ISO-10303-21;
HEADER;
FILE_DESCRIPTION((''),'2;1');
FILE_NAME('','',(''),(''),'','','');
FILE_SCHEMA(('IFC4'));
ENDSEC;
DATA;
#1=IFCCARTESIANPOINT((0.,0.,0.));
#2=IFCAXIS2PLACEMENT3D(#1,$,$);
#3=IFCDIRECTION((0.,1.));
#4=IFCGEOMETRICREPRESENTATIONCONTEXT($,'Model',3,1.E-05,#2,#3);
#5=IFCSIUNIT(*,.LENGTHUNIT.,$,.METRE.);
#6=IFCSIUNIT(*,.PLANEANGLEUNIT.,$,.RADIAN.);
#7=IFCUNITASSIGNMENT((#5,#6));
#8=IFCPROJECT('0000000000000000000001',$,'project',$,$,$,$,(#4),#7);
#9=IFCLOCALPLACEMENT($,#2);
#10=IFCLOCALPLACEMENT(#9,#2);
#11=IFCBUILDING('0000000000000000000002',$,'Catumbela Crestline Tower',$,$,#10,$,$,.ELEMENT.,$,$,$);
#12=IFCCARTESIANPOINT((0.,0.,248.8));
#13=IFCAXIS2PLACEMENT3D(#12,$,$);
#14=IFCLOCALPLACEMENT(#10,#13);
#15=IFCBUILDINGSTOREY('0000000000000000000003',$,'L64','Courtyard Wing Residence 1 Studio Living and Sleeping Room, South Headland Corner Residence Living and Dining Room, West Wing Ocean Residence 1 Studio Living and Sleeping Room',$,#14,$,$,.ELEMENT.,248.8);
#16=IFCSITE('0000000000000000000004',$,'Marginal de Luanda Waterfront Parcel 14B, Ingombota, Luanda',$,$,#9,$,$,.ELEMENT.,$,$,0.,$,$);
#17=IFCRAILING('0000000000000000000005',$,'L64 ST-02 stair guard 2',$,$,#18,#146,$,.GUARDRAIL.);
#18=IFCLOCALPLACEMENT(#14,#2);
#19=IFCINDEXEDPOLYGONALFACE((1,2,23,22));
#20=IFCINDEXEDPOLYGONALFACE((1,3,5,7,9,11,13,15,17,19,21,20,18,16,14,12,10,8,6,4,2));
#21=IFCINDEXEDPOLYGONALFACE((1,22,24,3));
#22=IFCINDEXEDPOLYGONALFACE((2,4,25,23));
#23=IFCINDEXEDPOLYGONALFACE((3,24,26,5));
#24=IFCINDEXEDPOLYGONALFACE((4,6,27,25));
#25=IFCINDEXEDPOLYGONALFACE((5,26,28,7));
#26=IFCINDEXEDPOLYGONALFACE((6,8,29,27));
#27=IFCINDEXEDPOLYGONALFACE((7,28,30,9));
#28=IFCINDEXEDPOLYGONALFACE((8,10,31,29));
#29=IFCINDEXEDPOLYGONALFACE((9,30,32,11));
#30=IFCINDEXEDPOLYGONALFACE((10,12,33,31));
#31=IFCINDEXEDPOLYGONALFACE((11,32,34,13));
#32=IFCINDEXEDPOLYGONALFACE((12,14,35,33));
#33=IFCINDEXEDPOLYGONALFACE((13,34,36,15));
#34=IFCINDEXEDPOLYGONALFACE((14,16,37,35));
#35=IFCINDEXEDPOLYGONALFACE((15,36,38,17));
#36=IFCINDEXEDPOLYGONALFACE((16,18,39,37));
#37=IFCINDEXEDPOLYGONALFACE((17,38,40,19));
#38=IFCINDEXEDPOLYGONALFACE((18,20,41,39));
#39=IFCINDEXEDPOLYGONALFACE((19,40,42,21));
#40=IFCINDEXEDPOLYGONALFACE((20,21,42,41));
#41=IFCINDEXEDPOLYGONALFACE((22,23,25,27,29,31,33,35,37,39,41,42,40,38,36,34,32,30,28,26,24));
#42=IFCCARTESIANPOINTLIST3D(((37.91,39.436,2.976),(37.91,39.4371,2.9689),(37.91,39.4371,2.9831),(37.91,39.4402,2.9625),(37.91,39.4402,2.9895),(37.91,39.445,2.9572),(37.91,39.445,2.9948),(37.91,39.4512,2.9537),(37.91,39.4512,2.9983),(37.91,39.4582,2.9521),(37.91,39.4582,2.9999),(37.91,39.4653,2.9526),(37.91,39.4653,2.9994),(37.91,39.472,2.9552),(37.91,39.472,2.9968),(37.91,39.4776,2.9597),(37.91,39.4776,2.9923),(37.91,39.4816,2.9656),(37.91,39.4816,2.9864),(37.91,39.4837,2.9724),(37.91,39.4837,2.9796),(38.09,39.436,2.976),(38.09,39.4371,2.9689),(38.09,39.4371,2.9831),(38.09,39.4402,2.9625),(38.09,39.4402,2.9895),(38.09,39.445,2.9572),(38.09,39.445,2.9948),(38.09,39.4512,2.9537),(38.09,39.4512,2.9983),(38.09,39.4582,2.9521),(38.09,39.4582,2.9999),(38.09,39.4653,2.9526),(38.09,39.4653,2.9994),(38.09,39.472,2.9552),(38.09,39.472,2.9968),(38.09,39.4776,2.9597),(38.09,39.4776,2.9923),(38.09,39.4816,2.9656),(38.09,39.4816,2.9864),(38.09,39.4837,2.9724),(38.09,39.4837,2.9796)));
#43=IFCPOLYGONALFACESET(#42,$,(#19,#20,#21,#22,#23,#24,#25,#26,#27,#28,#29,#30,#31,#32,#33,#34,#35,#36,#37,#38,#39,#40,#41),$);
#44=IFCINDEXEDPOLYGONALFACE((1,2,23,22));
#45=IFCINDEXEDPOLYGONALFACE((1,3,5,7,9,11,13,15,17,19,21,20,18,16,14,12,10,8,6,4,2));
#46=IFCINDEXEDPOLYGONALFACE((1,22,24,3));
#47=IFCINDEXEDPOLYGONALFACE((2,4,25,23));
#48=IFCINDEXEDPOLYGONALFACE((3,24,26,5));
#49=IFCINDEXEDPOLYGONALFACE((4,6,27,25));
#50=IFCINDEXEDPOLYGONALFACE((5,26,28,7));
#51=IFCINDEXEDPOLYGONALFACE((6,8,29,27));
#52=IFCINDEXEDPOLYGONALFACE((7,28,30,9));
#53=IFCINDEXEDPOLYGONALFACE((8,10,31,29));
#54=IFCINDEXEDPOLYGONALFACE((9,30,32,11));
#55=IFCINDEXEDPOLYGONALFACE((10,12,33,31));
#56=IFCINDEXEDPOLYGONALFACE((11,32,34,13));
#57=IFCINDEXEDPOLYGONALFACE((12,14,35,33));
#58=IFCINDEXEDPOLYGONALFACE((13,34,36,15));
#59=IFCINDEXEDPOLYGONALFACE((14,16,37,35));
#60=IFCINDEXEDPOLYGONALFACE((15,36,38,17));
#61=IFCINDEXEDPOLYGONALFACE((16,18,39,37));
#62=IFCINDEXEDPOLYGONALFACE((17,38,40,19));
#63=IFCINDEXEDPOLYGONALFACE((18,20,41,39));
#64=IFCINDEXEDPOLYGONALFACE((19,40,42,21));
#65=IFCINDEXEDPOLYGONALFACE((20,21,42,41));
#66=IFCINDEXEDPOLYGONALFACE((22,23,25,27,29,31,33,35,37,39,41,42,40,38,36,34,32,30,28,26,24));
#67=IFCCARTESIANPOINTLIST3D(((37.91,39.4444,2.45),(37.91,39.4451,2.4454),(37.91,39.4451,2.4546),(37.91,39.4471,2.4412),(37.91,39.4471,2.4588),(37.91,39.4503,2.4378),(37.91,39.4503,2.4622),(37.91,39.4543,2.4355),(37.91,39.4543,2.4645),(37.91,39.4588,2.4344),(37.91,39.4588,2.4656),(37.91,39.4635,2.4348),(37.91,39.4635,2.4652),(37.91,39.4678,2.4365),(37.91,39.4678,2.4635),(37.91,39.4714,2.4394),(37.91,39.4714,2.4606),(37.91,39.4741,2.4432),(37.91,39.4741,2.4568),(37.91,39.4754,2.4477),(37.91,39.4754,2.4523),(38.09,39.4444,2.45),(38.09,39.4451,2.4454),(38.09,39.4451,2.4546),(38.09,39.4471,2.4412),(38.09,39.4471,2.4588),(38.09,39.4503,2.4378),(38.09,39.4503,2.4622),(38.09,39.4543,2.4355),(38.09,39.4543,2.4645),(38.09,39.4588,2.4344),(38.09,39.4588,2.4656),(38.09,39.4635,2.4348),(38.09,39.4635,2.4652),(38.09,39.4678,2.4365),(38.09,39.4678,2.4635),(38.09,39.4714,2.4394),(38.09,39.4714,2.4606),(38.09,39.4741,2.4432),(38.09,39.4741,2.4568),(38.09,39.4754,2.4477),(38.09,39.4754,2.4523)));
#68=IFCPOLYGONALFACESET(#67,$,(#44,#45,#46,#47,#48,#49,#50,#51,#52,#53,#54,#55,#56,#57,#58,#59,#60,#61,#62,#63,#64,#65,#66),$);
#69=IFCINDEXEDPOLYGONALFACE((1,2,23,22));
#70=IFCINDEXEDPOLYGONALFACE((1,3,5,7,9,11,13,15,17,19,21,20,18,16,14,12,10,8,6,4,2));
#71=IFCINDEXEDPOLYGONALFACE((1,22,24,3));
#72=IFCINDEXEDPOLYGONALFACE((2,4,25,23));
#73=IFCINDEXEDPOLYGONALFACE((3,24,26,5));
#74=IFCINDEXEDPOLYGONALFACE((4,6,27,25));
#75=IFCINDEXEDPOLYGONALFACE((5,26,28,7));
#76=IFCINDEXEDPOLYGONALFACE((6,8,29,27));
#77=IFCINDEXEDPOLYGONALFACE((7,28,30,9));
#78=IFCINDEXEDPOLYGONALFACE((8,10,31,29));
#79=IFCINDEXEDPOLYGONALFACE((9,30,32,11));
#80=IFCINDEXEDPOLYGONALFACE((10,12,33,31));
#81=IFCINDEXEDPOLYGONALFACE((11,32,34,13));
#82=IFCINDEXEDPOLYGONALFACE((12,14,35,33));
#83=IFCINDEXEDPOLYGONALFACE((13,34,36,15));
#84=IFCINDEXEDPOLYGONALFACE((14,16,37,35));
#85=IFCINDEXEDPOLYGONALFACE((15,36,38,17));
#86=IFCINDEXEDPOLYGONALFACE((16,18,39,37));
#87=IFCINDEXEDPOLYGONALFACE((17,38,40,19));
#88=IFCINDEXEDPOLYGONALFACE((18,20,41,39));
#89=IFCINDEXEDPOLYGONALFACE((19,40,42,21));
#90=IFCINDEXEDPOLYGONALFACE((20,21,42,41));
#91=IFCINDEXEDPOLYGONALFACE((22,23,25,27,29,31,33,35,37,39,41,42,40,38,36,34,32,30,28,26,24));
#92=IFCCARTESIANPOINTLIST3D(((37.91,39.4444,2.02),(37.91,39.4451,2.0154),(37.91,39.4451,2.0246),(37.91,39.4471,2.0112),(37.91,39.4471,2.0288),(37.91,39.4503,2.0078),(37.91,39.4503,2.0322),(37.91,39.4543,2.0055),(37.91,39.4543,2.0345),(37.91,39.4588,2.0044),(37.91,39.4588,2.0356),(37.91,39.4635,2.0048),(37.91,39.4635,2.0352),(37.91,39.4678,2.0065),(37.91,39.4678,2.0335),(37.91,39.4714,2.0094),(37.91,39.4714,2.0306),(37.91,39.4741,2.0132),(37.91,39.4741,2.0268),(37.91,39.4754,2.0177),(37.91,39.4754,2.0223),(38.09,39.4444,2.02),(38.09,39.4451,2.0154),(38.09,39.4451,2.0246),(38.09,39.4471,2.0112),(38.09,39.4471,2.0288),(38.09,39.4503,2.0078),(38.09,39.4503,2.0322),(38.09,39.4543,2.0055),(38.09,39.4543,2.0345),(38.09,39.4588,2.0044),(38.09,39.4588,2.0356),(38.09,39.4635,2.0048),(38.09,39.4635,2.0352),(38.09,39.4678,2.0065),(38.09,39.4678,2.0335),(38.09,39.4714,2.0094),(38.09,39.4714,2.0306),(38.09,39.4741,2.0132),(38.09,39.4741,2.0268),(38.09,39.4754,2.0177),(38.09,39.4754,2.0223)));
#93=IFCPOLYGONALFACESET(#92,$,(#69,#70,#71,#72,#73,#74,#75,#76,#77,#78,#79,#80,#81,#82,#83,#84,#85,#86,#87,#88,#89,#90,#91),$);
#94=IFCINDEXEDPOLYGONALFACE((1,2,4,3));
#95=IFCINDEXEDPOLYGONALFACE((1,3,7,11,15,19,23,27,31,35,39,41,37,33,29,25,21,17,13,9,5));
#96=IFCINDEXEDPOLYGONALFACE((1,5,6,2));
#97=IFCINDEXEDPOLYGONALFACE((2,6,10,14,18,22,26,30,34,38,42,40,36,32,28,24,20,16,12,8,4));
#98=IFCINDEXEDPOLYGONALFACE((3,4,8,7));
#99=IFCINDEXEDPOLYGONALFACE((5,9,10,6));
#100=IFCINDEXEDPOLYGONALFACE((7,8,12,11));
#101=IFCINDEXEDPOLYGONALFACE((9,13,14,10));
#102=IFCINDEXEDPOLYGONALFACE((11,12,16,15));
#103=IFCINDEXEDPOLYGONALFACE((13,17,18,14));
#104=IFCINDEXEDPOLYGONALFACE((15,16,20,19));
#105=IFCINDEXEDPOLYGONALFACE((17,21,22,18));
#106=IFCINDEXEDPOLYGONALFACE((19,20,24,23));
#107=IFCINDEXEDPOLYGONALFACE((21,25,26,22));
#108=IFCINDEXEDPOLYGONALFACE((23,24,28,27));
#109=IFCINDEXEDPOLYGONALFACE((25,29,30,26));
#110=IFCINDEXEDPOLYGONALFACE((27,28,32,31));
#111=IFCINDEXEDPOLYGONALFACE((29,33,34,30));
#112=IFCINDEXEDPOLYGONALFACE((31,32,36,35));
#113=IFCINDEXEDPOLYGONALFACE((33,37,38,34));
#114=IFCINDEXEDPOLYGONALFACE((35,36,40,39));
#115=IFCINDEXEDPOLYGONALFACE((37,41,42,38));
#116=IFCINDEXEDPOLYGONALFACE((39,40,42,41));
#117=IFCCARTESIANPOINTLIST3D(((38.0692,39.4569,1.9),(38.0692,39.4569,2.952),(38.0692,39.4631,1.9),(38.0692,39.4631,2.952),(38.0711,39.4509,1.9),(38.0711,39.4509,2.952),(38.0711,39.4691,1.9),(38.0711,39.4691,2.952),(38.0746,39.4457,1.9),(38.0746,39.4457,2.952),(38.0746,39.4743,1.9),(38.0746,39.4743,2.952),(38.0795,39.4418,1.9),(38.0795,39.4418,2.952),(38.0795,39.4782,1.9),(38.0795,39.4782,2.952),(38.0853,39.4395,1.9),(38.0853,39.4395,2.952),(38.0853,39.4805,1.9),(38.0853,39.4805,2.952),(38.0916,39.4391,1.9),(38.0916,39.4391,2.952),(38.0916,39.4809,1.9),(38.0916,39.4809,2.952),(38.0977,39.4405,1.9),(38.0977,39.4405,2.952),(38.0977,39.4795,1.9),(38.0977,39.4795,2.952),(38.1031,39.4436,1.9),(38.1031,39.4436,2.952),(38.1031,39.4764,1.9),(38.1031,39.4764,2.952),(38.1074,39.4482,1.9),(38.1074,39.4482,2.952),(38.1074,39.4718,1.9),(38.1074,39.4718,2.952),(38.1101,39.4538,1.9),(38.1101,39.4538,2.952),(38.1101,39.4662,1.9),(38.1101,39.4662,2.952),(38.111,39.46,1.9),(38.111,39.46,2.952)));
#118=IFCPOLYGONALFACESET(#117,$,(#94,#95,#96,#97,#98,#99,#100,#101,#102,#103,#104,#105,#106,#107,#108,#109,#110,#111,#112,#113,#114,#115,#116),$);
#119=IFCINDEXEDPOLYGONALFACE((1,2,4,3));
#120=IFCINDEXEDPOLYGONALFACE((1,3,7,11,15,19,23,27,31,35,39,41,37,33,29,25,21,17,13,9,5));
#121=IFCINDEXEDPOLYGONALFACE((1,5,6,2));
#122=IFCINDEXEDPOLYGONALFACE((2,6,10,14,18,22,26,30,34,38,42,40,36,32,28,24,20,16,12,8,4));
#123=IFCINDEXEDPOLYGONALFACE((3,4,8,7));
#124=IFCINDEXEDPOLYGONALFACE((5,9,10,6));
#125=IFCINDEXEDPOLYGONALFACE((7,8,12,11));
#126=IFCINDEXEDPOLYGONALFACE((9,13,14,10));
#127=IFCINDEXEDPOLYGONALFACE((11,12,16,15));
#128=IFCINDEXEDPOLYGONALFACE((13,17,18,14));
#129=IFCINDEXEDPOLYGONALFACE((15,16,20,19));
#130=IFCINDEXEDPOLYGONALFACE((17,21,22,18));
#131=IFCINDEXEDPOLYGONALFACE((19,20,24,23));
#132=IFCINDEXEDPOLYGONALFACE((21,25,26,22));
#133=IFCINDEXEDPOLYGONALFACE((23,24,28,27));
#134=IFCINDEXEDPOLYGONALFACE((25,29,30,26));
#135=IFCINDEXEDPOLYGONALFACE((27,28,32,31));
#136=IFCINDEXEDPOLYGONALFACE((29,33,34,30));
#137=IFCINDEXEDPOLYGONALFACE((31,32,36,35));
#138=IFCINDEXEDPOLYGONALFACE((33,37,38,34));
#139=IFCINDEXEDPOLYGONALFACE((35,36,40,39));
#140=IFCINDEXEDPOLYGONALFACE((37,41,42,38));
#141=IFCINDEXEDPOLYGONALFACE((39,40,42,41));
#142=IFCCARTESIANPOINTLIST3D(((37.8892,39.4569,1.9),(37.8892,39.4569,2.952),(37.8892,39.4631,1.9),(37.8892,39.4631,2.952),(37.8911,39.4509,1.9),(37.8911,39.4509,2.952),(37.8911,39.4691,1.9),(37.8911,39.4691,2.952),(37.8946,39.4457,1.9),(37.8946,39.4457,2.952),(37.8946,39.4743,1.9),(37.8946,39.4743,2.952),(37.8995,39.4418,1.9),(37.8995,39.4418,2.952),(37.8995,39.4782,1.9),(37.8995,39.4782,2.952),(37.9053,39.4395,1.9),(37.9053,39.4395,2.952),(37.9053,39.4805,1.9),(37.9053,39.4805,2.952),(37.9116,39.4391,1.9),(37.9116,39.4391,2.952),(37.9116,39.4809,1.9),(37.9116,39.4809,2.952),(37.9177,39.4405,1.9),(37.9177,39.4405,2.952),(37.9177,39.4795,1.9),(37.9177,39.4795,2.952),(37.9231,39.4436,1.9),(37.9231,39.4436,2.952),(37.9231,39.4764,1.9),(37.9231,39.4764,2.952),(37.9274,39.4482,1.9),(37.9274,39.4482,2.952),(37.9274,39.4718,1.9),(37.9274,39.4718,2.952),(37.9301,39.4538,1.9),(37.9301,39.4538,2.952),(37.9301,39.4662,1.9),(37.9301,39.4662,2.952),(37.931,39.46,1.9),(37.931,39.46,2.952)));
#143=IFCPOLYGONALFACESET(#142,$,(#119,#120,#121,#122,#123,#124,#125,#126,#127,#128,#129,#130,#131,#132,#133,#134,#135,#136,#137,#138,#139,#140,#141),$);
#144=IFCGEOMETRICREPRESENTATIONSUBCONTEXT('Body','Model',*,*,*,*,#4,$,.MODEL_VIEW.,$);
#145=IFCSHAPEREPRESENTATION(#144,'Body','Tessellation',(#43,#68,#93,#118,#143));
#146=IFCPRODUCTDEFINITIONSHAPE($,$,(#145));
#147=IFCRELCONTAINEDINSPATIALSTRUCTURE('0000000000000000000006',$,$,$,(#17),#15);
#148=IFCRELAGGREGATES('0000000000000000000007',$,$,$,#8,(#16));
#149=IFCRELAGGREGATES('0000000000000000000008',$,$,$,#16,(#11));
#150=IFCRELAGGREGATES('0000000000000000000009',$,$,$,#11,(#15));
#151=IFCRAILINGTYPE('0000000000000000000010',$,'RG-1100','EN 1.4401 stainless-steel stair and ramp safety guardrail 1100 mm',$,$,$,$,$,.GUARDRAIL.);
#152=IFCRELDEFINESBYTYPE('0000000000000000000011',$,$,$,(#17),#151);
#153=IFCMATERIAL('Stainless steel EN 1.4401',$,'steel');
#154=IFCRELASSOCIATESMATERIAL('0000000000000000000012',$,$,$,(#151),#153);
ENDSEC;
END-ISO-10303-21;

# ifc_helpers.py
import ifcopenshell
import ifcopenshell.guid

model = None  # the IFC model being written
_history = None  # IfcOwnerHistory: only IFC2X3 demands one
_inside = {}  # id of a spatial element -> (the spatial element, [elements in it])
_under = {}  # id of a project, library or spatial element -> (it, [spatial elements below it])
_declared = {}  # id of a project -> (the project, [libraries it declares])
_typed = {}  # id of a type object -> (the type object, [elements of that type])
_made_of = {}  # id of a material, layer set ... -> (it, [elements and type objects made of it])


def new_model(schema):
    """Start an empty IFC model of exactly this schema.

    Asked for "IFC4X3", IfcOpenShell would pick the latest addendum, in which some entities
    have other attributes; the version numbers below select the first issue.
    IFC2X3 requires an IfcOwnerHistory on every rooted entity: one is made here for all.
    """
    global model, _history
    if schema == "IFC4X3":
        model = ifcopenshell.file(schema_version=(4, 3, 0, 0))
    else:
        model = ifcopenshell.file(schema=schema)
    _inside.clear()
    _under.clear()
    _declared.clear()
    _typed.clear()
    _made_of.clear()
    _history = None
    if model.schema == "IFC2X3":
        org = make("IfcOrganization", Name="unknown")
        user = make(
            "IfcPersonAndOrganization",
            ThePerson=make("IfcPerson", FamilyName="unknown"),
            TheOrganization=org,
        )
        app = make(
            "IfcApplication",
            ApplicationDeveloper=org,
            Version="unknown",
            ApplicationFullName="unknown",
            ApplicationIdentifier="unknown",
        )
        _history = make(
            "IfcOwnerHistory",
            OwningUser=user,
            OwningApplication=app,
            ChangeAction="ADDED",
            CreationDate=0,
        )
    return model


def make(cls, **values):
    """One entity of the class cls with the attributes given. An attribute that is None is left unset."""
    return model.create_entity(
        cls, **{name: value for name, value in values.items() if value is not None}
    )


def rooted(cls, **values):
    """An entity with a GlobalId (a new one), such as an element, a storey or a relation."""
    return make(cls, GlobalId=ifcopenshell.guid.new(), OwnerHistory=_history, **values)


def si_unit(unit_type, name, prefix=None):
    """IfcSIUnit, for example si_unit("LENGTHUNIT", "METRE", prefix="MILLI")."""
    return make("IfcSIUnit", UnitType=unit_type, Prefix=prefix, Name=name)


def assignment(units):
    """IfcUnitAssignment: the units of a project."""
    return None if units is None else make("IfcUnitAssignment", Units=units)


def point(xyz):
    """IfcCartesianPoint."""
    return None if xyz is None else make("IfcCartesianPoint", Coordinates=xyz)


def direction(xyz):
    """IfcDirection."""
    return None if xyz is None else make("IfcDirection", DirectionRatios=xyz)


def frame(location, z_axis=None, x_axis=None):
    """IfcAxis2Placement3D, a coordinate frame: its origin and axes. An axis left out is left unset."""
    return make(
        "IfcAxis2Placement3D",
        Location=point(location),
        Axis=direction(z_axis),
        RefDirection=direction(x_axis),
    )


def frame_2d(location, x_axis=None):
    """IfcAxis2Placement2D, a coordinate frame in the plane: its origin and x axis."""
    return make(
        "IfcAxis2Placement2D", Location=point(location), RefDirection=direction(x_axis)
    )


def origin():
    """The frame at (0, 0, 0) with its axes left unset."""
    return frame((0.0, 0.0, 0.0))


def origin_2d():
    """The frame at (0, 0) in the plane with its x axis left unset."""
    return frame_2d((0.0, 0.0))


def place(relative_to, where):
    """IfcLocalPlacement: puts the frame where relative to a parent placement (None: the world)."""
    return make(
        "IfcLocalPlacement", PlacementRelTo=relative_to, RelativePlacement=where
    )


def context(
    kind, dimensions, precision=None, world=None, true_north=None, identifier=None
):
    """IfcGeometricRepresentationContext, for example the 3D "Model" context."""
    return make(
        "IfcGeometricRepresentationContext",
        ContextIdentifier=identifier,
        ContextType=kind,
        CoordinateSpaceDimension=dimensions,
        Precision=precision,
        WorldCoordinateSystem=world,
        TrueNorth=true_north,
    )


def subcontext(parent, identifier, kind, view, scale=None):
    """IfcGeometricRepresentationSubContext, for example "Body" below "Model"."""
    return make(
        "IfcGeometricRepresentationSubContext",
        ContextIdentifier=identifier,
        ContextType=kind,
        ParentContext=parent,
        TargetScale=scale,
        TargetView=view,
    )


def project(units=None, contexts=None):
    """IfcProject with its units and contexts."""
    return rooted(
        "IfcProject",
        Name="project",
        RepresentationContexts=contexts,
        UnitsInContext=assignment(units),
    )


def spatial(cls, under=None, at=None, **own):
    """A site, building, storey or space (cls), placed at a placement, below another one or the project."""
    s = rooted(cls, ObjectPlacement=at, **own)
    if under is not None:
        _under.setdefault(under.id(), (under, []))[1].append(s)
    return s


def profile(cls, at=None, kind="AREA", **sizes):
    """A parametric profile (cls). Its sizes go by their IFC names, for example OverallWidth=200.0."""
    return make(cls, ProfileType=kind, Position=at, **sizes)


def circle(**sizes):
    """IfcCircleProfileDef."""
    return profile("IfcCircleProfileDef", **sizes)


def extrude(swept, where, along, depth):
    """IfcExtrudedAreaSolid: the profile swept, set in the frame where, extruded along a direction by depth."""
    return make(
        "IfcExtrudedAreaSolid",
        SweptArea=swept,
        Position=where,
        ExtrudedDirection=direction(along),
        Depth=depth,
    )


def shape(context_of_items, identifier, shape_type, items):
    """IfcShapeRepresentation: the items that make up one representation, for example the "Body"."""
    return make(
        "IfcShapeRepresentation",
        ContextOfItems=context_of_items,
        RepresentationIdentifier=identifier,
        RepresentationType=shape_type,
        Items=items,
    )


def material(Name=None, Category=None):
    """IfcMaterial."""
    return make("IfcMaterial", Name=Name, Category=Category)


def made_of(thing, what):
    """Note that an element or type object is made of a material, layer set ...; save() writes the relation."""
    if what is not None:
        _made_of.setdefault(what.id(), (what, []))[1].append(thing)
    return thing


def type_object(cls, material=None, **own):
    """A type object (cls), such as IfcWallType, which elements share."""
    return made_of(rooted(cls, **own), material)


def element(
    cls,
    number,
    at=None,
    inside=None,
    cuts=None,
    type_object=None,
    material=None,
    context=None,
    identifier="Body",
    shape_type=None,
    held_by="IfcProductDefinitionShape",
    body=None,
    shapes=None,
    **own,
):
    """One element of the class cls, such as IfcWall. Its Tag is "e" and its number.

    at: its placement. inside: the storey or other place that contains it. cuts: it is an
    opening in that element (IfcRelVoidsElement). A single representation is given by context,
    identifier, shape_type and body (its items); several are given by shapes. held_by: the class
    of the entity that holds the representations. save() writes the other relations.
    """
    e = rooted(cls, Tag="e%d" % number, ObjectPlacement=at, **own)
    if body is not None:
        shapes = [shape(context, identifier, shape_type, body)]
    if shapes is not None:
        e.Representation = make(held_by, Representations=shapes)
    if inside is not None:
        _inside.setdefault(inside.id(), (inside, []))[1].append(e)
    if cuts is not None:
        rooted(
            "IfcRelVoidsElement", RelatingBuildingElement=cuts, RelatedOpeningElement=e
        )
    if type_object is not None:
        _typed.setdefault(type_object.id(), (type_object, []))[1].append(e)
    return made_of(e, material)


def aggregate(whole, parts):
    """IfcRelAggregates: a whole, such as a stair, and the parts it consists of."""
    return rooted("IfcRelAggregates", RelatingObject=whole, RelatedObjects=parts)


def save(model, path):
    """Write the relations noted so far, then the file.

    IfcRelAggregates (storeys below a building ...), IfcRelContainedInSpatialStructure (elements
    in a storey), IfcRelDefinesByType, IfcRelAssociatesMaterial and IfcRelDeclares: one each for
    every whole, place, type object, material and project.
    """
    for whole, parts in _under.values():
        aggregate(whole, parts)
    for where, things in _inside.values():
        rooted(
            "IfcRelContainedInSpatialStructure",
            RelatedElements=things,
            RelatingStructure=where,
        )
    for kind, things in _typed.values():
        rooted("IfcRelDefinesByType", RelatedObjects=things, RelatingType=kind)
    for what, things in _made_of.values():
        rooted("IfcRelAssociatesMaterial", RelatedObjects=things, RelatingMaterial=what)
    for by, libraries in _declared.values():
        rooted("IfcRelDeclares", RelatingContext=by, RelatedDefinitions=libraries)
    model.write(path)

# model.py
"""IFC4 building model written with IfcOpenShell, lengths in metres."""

from ifc_helpers import new_model, si_unit, direction, frame, origin, origin_2d, place, context, subcontext, project, spatial, circle, extrude, material, type_object, element, save


model = new_model("IFC4")

# Units and contexts
model_context = context("Model", 3, precision=1e-05, world=origin(), true_north=direction((0.0, 1.0)))
body_context = subcontext(model_context, "Body", "Model", "MODEL_VIEW")
ifc_project = project(units=[si_unit("LENGTHUNIT", "METRE"), si_unit("PLANEANGLEUNIT", "RADIAN")], contexts=[model_context])

# Site, building, storey
site_placement = place(None, origin())
site = spatial("IfcSite", under=ifc_project, at=site_placement, Name="Marginal de Luanda Waterfront Parcel 14B, Ingombota, Luanda", CompositionType="ELEMENT", RefElevation=0.0)
building_placement = place(site_placement, origin())
building = spatial("IfcBuilding", under=site, at=building_placement, Name="Catumbela Crestline Tower", CompositionType="ELEMENT")
storey_placement = place(building_placement, frame((0.0, 0.0, 248.8)))
storey = spatial("IfcBuildingStorey", under=building, at=storey_placement, Name="L64", Description="Courtyard Wing Residence 1 Studio Living and Sleeping Room, South Headland Corner Residence Living and Dining Room, West Wing Ocean Residence 1 Studio Living and Sleeping Room", CompositionType="ELEMENT", Elevation=248.8)

# Railing
ifc_material_1 = material(Name="Stainless steel EN 1.4401", Category="steel")
railing_type_1 = type_object("IfcRailingType", Name="RG-1100", Description="EN 1.4401 stainless-steel stair and ramp safety guardrail 1100 mm", PredefinedType="GUARDRAIL", material=ifc_material_1)
railing_1_placement = place(storey_placement, frame((38.09, 39.46, 1.9)))
element("IfcRailing", 1, at=railing_1_placement, inside=storey, type_object=railing_type_1, Name="L64 ST-02 stair guard 2", PredefinedType="GUARDRAIL", context=body_context, shape_type="SweptSolid", body=[
    extrude(circle(Radius=0.024, at=origin_2d()), frame((0.0, 0.0, 1.076), z_axis=(-1.0, 0.0, 0.0), x_axis=(0.0, -1.0, 0.0)), (0.0, 0.0, 1.0), 0.18),
    extrude(circle(Radius=0.0156, at=origin_2d()), frame((0.0, 0.0, 0.55), z_axis=(-1.0, 0.0, 0.0), x_axis=(0.0, -1.0, 0.0)), (0.0, 0.0, 1.0), 0.18),
    extrude(circle(Radius=0.0156, at=origin_2d()), frame((0.0, 0.0, 0.12), z_axis=(-1.0, 0.0, 0.0), x_axis=(0.0, -1.0, 0.0)), (0.0, 0.0, 1.0), 0.18),
    extrude(circle(Radius=0.021, at=origin_2d()), origin(), (0.0, 0.0, 1.0), 1.052),
    extrude(circle(Radius=0.021, at=origin_2d()), frame((-0.18, 0.0, 0.0)), (0.0, 0.0, 1.0), 1.052),
])

save(model, "model.ifc")
